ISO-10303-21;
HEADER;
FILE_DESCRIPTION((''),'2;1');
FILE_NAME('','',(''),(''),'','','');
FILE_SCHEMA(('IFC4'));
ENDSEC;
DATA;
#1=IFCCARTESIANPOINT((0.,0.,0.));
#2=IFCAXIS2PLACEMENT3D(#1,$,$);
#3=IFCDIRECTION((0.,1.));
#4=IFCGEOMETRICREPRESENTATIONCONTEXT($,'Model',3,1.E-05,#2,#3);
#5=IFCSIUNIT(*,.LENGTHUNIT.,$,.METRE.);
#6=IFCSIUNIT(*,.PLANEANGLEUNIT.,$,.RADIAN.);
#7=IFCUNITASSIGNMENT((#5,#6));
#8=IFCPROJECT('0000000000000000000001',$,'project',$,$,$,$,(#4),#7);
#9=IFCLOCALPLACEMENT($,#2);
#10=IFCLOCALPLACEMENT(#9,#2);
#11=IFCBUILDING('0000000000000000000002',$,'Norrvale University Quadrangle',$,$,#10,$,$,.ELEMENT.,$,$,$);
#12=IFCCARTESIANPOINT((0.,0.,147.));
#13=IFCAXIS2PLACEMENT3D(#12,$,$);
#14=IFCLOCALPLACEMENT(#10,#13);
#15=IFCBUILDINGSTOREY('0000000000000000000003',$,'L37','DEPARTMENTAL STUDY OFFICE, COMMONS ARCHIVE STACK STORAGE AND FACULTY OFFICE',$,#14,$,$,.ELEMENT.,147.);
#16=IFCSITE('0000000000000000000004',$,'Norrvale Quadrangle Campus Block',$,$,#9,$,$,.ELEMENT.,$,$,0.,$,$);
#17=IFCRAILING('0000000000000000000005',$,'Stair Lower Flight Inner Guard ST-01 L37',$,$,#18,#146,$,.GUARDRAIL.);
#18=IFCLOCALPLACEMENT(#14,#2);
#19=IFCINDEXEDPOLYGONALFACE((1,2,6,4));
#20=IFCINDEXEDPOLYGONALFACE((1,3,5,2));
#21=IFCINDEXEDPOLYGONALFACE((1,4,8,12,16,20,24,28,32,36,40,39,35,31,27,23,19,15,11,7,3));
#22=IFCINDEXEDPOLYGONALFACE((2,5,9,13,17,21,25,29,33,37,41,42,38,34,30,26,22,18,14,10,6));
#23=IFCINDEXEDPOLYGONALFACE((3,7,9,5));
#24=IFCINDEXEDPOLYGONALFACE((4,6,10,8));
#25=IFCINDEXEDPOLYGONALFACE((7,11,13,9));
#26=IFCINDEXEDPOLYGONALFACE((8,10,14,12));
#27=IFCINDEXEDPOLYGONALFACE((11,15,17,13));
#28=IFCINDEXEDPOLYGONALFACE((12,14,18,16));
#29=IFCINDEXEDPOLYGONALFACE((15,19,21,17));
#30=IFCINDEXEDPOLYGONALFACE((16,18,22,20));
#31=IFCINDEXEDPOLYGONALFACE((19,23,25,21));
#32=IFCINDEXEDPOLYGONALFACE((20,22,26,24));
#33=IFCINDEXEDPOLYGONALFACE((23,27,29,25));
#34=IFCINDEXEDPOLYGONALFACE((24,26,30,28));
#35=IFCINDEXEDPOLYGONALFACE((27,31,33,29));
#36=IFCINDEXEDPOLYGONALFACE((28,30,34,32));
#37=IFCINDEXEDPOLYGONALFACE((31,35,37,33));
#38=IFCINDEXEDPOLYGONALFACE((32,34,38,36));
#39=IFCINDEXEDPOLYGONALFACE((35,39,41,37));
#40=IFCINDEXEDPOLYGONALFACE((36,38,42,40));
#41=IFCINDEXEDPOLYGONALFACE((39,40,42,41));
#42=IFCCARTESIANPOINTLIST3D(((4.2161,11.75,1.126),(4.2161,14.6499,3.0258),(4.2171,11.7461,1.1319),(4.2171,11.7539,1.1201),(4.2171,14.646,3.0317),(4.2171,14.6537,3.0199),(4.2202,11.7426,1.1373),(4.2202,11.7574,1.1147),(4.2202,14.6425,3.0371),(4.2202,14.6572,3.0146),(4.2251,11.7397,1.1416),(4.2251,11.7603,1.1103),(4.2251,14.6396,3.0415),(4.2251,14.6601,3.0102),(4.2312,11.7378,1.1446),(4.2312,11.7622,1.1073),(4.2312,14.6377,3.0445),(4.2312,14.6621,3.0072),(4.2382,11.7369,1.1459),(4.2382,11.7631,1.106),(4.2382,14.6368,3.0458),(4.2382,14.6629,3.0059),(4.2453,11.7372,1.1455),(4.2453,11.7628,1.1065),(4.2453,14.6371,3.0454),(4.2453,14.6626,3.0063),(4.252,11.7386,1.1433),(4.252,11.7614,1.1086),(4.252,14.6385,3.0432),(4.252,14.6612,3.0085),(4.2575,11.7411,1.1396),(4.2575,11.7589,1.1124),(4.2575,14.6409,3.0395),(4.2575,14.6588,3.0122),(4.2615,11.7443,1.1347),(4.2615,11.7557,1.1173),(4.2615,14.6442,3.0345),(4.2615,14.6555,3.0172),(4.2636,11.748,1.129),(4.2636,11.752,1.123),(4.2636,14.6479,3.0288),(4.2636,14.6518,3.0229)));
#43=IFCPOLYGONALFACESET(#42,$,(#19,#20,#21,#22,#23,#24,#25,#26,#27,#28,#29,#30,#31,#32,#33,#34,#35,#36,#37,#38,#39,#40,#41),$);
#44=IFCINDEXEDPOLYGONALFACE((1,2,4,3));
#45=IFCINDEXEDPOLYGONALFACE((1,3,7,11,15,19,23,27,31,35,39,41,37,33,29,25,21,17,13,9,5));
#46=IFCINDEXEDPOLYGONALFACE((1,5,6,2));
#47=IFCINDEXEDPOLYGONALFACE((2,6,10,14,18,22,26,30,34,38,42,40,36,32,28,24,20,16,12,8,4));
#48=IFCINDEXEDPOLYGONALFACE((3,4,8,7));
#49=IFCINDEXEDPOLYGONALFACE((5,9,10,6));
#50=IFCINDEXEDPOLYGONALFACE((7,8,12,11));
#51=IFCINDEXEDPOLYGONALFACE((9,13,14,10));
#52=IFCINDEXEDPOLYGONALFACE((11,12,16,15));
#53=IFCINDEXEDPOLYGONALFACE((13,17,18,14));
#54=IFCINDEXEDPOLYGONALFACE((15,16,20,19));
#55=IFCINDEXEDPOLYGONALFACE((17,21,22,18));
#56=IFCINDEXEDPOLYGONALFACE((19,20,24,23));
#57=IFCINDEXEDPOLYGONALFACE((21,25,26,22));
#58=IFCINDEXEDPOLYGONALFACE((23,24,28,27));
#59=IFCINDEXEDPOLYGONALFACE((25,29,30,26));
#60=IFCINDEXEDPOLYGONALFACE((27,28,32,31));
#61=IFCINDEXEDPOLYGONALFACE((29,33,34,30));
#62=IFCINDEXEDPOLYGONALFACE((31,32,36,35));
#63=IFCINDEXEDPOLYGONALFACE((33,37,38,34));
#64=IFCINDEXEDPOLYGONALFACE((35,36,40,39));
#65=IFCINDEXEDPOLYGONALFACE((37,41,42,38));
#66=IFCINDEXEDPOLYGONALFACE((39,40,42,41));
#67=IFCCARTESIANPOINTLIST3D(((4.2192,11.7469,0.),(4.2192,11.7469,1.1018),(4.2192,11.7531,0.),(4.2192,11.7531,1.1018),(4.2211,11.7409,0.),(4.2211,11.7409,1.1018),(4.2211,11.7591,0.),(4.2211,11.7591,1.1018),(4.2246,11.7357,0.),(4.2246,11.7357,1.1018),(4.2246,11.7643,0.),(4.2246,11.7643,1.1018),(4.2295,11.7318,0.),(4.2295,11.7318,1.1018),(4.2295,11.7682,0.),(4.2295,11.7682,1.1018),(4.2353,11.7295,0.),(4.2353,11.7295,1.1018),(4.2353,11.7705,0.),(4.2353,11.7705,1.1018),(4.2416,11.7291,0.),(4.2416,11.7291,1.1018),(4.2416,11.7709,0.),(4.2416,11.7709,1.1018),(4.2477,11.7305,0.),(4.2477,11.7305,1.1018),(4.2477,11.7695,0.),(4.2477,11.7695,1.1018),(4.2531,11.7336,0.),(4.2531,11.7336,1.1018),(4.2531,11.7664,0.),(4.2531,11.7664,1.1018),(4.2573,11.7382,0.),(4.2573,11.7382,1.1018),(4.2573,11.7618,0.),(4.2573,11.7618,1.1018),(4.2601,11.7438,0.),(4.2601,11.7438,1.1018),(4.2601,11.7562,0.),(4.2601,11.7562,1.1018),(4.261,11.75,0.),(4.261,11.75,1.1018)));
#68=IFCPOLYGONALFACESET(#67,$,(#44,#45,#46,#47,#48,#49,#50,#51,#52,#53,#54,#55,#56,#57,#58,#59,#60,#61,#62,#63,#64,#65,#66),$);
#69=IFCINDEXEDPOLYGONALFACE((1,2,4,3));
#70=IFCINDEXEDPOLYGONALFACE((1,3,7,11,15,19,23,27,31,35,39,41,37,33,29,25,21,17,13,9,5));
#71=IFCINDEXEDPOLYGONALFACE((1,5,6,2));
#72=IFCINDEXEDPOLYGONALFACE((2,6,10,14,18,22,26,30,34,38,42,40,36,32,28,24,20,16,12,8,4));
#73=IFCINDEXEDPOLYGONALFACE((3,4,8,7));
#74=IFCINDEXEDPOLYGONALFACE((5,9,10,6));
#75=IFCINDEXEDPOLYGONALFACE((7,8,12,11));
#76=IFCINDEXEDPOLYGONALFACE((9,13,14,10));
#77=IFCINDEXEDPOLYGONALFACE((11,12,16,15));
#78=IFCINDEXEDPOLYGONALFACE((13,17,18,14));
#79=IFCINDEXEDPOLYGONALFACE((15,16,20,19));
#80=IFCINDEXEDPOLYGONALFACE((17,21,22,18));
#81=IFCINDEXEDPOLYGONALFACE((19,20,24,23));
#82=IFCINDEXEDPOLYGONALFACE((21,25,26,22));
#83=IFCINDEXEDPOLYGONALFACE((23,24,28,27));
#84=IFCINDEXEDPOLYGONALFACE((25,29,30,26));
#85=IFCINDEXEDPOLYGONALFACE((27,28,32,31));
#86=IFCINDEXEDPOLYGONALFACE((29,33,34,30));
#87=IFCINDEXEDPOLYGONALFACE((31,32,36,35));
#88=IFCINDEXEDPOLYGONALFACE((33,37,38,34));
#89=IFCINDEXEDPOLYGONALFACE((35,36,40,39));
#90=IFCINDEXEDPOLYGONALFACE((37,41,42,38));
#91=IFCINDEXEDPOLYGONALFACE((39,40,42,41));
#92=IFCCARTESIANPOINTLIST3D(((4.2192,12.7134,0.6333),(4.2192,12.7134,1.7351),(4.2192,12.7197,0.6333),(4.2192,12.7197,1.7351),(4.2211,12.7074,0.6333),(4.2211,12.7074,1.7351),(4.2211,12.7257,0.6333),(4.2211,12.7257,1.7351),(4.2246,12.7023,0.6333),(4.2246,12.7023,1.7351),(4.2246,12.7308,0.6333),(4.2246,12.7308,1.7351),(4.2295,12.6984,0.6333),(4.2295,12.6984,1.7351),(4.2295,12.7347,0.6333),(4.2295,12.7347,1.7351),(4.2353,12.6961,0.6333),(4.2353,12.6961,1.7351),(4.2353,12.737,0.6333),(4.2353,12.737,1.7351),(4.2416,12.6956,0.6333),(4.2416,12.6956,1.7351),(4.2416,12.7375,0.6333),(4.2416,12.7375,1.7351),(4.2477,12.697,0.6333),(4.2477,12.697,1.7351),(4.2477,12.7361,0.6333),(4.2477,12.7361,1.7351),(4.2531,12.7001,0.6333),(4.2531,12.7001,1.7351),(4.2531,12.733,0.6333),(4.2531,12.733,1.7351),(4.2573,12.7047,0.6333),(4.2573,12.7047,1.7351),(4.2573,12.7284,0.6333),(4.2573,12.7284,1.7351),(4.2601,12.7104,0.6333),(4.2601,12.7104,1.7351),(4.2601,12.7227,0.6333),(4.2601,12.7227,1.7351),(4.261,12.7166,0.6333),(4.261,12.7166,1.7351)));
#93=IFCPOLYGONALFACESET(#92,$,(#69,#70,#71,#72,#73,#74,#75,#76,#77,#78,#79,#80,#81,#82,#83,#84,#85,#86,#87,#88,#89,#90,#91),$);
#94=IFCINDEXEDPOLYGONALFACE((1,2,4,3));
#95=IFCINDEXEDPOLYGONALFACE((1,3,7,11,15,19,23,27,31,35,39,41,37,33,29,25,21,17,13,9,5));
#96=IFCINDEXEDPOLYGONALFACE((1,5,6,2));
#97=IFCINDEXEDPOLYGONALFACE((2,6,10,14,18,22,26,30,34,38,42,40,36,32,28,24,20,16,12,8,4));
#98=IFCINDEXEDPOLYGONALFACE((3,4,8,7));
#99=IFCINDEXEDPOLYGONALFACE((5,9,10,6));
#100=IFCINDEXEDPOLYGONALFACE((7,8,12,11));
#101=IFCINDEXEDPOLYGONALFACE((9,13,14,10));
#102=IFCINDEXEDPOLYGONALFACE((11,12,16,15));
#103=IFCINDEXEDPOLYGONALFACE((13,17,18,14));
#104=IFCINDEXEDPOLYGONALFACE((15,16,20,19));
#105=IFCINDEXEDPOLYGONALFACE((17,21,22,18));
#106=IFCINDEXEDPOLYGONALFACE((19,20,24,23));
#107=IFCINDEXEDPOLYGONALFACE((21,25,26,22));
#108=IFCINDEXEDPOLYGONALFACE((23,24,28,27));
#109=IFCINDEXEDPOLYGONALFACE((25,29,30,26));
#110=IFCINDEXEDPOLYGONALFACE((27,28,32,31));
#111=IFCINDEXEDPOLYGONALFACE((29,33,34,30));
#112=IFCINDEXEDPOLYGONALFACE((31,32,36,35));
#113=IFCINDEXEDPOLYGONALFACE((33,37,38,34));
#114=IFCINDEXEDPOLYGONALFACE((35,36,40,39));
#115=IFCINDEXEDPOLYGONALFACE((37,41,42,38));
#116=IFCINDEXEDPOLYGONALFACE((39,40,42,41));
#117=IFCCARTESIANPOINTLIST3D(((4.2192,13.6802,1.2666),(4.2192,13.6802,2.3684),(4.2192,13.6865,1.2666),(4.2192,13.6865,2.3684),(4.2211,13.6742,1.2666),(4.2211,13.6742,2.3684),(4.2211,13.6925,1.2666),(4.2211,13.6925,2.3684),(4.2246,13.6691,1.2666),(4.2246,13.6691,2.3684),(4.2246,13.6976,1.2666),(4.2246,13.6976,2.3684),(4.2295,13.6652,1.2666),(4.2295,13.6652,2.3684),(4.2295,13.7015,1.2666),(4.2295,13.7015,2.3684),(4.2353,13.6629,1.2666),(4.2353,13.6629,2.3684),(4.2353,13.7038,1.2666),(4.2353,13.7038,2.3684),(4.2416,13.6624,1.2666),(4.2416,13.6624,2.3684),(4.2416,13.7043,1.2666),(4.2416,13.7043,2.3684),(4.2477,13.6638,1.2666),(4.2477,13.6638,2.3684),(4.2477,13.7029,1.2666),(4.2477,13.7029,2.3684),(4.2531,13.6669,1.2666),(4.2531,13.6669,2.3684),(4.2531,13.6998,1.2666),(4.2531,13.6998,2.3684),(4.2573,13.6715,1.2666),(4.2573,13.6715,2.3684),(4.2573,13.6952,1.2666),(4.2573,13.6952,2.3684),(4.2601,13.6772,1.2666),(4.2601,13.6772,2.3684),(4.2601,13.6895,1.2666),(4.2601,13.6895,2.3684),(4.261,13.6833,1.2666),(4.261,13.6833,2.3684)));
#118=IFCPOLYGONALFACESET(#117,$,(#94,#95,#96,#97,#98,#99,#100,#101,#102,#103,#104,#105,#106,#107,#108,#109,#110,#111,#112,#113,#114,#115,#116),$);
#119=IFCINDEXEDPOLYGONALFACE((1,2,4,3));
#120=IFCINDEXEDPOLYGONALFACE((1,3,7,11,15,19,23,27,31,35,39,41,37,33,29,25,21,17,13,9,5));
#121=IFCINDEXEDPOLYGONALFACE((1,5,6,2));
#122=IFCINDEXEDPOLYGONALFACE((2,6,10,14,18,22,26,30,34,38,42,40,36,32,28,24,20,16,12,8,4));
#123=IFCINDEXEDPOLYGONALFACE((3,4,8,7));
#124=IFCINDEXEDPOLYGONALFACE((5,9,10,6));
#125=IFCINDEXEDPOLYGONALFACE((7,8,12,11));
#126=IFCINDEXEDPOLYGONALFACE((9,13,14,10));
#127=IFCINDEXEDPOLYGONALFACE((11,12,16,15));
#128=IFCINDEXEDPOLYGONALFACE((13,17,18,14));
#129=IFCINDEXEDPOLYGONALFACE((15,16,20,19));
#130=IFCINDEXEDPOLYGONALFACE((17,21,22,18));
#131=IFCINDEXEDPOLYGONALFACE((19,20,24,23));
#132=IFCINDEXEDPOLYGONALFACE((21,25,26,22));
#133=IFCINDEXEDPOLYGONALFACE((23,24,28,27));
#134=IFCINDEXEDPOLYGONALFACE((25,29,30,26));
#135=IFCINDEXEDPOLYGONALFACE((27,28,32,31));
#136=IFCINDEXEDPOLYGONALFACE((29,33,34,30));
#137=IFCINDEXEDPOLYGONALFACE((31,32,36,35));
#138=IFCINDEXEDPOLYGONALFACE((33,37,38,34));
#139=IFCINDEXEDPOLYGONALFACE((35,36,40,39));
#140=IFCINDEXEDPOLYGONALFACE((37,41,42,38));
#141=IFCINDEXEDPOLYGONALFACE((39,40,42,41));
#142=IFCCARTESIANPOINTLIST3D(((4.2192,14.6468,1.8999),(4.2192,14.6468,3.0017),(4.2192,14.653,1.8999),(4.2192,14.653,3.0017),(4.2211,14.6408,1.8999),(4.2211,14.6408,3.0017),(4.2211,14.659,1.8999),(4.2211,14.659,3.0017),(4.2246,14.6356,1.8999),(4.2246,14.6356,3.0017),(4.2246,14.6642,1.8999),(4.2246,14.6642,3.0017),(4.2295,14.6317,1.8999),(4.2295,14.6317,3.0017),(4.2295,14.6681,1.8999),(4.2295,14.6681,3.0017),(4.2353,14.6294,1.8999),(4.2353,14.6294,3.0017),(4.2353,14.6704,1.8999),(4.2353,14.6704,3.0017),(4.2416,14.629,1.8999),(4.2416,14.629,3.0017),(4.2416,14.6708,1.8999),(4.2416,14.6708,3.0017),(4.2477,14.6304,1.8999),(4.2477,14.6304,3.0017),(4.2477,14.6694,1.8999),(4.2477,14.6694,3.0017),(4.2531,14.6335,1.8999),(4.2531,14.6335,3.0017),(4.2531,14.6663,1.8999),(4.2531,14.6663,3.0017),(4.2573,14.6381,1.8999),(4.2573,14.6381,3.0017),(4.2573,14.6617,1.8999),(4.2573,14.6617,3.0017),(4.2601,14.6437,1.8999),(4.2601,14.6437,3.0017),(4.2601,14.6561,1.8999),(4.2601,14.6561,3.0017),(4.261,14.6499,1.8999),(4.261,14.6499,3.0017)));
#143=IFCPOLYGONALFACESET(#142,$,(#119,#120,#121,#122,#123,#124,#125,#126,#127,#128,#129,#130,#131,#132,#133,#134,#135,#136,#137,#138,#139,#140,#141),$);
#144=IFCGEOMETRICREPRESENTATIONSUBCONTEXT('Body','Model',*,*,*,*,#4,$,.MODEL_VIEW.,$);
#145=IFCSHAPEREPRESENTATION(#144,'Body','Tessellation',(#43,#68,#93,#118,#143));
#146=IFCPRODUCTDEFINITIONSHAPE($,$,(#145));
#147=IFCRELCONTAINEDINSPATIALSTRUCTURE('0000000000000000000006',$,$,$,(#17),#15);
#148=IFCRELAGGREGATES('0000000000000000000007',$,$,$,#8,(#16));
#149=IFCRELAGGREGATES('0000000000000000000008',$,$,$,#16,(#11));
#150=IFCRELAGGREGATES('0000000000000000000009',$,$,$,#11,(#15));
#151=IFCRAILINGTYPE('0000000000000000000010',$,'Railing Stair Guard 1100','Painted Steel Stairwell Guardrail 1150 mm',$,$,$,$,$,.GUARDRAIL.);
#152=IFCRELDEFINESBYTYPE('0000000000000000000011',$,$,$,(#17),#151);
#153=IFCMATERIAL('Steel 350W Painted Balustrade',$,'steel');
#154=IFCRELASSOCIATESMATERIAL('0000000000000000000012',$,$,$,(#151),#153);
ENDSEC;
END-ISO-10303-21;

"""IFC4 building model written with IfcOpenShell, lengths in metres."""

from ifc_helpers import new_model, si_unit, direction, frame, origin, origin_2d, place, context, subcontext, project, spatial, circle, extrude, material, type_object, element, save


model = new_model("IFC4")

# Units and contexts
model_context = context("Model", 3, precision=1e-05, world=origin(), true_north=direction((0.0, 1.0)))
body_context = subcontext(model_context, "Body", "Model", "MODEL_VIEW")
ifc_project = project(units=[si_unit("LENGTHUNIT", "METRE"), si_unit("PLANEANGLEUNIT", "RADIAN")], contexts=[model_context])

# Site, building, storey
site_placement = place(None, origin())
site = spatial("IfcSite", under=ifc_project, at=site_placement, Name="Norrvale Quadrangle Campus Block", CompositionType="ELEMENT", RefElevation=0.0)
building_placement = place(site_placement, origin())
building = spatial("IfcBuilding", under=site, at=building_placement, Name="Norrvale University Quadrangle", CompositionType="ELEMENT")
storey_placement = place(building_placement, frame((0.0, 0.0, 147.0)))
storey = spatial("IfcBuildingStorey", under=building, at=storey_placement, Name="L37", Description="DEPARTMENTAL STUDY OFFICE, COMMONS ARCHIVE STACK STORAGE AND FACULTY OFFICE", CompositionType="ELEMENT", Elevation=147.0)

# Railing
ifc_material_1 = material(Name="Steel 350W Painted Balustrade", Category="steel")
railing_type_1 = type_object("IfcRailingType", Name="Railing Stair Guard 1100", Description="Painted Steel Stairwell Guardrail 1150 mm", PredefinedType="GUARDRAIL", material=ifc_material_1)
railing_1_placement = place(storey_placement, frame((4.24, 11.75, 0.0)))
element("IfcRailing", 1, at=railing_1_placement, inside=storey, type_object=railing_type_1, Name="Stair Lower Flight Inner Guard ST-01 L37", PredefinedType="GUARDRAIL", context=body_context, shape_type="SweptSolid", body=[
    extrude(circle(Radius=0.0239, at=origin_2d()), frame((0.0, 0.0, 1.126), z_axis=(0.0, 0.836466, 0.548019), x_axis=(-1.0, 0.0, 0.0)), (0.0, 0.0, 1.0), 3.4668),
    extrude(circle(Radius=0.021, at=origin_2d()), origin(), (0.0, 0.0, 1.0), 1.1018),
    extrude(circle(Radius=0.021, at=origin_2d()), frame((0.0, 0.9666, 0.6333)), (0.0, 0.0, 1.0), 1.1018),
    extrude(circle(Radius=0.021, at=origin_2d()), frame((0.0, 1.9333, 1.2666)), (0.0, 0.0, 1.0), 1.1018),
    extrude(circle(Radius=0.021, at=origin_2d()), frame((0.0, 2.8999, 1.8999)), (0.0, 0.0, 1.0), 1.1018),
])

save(model, "model.ifc")
